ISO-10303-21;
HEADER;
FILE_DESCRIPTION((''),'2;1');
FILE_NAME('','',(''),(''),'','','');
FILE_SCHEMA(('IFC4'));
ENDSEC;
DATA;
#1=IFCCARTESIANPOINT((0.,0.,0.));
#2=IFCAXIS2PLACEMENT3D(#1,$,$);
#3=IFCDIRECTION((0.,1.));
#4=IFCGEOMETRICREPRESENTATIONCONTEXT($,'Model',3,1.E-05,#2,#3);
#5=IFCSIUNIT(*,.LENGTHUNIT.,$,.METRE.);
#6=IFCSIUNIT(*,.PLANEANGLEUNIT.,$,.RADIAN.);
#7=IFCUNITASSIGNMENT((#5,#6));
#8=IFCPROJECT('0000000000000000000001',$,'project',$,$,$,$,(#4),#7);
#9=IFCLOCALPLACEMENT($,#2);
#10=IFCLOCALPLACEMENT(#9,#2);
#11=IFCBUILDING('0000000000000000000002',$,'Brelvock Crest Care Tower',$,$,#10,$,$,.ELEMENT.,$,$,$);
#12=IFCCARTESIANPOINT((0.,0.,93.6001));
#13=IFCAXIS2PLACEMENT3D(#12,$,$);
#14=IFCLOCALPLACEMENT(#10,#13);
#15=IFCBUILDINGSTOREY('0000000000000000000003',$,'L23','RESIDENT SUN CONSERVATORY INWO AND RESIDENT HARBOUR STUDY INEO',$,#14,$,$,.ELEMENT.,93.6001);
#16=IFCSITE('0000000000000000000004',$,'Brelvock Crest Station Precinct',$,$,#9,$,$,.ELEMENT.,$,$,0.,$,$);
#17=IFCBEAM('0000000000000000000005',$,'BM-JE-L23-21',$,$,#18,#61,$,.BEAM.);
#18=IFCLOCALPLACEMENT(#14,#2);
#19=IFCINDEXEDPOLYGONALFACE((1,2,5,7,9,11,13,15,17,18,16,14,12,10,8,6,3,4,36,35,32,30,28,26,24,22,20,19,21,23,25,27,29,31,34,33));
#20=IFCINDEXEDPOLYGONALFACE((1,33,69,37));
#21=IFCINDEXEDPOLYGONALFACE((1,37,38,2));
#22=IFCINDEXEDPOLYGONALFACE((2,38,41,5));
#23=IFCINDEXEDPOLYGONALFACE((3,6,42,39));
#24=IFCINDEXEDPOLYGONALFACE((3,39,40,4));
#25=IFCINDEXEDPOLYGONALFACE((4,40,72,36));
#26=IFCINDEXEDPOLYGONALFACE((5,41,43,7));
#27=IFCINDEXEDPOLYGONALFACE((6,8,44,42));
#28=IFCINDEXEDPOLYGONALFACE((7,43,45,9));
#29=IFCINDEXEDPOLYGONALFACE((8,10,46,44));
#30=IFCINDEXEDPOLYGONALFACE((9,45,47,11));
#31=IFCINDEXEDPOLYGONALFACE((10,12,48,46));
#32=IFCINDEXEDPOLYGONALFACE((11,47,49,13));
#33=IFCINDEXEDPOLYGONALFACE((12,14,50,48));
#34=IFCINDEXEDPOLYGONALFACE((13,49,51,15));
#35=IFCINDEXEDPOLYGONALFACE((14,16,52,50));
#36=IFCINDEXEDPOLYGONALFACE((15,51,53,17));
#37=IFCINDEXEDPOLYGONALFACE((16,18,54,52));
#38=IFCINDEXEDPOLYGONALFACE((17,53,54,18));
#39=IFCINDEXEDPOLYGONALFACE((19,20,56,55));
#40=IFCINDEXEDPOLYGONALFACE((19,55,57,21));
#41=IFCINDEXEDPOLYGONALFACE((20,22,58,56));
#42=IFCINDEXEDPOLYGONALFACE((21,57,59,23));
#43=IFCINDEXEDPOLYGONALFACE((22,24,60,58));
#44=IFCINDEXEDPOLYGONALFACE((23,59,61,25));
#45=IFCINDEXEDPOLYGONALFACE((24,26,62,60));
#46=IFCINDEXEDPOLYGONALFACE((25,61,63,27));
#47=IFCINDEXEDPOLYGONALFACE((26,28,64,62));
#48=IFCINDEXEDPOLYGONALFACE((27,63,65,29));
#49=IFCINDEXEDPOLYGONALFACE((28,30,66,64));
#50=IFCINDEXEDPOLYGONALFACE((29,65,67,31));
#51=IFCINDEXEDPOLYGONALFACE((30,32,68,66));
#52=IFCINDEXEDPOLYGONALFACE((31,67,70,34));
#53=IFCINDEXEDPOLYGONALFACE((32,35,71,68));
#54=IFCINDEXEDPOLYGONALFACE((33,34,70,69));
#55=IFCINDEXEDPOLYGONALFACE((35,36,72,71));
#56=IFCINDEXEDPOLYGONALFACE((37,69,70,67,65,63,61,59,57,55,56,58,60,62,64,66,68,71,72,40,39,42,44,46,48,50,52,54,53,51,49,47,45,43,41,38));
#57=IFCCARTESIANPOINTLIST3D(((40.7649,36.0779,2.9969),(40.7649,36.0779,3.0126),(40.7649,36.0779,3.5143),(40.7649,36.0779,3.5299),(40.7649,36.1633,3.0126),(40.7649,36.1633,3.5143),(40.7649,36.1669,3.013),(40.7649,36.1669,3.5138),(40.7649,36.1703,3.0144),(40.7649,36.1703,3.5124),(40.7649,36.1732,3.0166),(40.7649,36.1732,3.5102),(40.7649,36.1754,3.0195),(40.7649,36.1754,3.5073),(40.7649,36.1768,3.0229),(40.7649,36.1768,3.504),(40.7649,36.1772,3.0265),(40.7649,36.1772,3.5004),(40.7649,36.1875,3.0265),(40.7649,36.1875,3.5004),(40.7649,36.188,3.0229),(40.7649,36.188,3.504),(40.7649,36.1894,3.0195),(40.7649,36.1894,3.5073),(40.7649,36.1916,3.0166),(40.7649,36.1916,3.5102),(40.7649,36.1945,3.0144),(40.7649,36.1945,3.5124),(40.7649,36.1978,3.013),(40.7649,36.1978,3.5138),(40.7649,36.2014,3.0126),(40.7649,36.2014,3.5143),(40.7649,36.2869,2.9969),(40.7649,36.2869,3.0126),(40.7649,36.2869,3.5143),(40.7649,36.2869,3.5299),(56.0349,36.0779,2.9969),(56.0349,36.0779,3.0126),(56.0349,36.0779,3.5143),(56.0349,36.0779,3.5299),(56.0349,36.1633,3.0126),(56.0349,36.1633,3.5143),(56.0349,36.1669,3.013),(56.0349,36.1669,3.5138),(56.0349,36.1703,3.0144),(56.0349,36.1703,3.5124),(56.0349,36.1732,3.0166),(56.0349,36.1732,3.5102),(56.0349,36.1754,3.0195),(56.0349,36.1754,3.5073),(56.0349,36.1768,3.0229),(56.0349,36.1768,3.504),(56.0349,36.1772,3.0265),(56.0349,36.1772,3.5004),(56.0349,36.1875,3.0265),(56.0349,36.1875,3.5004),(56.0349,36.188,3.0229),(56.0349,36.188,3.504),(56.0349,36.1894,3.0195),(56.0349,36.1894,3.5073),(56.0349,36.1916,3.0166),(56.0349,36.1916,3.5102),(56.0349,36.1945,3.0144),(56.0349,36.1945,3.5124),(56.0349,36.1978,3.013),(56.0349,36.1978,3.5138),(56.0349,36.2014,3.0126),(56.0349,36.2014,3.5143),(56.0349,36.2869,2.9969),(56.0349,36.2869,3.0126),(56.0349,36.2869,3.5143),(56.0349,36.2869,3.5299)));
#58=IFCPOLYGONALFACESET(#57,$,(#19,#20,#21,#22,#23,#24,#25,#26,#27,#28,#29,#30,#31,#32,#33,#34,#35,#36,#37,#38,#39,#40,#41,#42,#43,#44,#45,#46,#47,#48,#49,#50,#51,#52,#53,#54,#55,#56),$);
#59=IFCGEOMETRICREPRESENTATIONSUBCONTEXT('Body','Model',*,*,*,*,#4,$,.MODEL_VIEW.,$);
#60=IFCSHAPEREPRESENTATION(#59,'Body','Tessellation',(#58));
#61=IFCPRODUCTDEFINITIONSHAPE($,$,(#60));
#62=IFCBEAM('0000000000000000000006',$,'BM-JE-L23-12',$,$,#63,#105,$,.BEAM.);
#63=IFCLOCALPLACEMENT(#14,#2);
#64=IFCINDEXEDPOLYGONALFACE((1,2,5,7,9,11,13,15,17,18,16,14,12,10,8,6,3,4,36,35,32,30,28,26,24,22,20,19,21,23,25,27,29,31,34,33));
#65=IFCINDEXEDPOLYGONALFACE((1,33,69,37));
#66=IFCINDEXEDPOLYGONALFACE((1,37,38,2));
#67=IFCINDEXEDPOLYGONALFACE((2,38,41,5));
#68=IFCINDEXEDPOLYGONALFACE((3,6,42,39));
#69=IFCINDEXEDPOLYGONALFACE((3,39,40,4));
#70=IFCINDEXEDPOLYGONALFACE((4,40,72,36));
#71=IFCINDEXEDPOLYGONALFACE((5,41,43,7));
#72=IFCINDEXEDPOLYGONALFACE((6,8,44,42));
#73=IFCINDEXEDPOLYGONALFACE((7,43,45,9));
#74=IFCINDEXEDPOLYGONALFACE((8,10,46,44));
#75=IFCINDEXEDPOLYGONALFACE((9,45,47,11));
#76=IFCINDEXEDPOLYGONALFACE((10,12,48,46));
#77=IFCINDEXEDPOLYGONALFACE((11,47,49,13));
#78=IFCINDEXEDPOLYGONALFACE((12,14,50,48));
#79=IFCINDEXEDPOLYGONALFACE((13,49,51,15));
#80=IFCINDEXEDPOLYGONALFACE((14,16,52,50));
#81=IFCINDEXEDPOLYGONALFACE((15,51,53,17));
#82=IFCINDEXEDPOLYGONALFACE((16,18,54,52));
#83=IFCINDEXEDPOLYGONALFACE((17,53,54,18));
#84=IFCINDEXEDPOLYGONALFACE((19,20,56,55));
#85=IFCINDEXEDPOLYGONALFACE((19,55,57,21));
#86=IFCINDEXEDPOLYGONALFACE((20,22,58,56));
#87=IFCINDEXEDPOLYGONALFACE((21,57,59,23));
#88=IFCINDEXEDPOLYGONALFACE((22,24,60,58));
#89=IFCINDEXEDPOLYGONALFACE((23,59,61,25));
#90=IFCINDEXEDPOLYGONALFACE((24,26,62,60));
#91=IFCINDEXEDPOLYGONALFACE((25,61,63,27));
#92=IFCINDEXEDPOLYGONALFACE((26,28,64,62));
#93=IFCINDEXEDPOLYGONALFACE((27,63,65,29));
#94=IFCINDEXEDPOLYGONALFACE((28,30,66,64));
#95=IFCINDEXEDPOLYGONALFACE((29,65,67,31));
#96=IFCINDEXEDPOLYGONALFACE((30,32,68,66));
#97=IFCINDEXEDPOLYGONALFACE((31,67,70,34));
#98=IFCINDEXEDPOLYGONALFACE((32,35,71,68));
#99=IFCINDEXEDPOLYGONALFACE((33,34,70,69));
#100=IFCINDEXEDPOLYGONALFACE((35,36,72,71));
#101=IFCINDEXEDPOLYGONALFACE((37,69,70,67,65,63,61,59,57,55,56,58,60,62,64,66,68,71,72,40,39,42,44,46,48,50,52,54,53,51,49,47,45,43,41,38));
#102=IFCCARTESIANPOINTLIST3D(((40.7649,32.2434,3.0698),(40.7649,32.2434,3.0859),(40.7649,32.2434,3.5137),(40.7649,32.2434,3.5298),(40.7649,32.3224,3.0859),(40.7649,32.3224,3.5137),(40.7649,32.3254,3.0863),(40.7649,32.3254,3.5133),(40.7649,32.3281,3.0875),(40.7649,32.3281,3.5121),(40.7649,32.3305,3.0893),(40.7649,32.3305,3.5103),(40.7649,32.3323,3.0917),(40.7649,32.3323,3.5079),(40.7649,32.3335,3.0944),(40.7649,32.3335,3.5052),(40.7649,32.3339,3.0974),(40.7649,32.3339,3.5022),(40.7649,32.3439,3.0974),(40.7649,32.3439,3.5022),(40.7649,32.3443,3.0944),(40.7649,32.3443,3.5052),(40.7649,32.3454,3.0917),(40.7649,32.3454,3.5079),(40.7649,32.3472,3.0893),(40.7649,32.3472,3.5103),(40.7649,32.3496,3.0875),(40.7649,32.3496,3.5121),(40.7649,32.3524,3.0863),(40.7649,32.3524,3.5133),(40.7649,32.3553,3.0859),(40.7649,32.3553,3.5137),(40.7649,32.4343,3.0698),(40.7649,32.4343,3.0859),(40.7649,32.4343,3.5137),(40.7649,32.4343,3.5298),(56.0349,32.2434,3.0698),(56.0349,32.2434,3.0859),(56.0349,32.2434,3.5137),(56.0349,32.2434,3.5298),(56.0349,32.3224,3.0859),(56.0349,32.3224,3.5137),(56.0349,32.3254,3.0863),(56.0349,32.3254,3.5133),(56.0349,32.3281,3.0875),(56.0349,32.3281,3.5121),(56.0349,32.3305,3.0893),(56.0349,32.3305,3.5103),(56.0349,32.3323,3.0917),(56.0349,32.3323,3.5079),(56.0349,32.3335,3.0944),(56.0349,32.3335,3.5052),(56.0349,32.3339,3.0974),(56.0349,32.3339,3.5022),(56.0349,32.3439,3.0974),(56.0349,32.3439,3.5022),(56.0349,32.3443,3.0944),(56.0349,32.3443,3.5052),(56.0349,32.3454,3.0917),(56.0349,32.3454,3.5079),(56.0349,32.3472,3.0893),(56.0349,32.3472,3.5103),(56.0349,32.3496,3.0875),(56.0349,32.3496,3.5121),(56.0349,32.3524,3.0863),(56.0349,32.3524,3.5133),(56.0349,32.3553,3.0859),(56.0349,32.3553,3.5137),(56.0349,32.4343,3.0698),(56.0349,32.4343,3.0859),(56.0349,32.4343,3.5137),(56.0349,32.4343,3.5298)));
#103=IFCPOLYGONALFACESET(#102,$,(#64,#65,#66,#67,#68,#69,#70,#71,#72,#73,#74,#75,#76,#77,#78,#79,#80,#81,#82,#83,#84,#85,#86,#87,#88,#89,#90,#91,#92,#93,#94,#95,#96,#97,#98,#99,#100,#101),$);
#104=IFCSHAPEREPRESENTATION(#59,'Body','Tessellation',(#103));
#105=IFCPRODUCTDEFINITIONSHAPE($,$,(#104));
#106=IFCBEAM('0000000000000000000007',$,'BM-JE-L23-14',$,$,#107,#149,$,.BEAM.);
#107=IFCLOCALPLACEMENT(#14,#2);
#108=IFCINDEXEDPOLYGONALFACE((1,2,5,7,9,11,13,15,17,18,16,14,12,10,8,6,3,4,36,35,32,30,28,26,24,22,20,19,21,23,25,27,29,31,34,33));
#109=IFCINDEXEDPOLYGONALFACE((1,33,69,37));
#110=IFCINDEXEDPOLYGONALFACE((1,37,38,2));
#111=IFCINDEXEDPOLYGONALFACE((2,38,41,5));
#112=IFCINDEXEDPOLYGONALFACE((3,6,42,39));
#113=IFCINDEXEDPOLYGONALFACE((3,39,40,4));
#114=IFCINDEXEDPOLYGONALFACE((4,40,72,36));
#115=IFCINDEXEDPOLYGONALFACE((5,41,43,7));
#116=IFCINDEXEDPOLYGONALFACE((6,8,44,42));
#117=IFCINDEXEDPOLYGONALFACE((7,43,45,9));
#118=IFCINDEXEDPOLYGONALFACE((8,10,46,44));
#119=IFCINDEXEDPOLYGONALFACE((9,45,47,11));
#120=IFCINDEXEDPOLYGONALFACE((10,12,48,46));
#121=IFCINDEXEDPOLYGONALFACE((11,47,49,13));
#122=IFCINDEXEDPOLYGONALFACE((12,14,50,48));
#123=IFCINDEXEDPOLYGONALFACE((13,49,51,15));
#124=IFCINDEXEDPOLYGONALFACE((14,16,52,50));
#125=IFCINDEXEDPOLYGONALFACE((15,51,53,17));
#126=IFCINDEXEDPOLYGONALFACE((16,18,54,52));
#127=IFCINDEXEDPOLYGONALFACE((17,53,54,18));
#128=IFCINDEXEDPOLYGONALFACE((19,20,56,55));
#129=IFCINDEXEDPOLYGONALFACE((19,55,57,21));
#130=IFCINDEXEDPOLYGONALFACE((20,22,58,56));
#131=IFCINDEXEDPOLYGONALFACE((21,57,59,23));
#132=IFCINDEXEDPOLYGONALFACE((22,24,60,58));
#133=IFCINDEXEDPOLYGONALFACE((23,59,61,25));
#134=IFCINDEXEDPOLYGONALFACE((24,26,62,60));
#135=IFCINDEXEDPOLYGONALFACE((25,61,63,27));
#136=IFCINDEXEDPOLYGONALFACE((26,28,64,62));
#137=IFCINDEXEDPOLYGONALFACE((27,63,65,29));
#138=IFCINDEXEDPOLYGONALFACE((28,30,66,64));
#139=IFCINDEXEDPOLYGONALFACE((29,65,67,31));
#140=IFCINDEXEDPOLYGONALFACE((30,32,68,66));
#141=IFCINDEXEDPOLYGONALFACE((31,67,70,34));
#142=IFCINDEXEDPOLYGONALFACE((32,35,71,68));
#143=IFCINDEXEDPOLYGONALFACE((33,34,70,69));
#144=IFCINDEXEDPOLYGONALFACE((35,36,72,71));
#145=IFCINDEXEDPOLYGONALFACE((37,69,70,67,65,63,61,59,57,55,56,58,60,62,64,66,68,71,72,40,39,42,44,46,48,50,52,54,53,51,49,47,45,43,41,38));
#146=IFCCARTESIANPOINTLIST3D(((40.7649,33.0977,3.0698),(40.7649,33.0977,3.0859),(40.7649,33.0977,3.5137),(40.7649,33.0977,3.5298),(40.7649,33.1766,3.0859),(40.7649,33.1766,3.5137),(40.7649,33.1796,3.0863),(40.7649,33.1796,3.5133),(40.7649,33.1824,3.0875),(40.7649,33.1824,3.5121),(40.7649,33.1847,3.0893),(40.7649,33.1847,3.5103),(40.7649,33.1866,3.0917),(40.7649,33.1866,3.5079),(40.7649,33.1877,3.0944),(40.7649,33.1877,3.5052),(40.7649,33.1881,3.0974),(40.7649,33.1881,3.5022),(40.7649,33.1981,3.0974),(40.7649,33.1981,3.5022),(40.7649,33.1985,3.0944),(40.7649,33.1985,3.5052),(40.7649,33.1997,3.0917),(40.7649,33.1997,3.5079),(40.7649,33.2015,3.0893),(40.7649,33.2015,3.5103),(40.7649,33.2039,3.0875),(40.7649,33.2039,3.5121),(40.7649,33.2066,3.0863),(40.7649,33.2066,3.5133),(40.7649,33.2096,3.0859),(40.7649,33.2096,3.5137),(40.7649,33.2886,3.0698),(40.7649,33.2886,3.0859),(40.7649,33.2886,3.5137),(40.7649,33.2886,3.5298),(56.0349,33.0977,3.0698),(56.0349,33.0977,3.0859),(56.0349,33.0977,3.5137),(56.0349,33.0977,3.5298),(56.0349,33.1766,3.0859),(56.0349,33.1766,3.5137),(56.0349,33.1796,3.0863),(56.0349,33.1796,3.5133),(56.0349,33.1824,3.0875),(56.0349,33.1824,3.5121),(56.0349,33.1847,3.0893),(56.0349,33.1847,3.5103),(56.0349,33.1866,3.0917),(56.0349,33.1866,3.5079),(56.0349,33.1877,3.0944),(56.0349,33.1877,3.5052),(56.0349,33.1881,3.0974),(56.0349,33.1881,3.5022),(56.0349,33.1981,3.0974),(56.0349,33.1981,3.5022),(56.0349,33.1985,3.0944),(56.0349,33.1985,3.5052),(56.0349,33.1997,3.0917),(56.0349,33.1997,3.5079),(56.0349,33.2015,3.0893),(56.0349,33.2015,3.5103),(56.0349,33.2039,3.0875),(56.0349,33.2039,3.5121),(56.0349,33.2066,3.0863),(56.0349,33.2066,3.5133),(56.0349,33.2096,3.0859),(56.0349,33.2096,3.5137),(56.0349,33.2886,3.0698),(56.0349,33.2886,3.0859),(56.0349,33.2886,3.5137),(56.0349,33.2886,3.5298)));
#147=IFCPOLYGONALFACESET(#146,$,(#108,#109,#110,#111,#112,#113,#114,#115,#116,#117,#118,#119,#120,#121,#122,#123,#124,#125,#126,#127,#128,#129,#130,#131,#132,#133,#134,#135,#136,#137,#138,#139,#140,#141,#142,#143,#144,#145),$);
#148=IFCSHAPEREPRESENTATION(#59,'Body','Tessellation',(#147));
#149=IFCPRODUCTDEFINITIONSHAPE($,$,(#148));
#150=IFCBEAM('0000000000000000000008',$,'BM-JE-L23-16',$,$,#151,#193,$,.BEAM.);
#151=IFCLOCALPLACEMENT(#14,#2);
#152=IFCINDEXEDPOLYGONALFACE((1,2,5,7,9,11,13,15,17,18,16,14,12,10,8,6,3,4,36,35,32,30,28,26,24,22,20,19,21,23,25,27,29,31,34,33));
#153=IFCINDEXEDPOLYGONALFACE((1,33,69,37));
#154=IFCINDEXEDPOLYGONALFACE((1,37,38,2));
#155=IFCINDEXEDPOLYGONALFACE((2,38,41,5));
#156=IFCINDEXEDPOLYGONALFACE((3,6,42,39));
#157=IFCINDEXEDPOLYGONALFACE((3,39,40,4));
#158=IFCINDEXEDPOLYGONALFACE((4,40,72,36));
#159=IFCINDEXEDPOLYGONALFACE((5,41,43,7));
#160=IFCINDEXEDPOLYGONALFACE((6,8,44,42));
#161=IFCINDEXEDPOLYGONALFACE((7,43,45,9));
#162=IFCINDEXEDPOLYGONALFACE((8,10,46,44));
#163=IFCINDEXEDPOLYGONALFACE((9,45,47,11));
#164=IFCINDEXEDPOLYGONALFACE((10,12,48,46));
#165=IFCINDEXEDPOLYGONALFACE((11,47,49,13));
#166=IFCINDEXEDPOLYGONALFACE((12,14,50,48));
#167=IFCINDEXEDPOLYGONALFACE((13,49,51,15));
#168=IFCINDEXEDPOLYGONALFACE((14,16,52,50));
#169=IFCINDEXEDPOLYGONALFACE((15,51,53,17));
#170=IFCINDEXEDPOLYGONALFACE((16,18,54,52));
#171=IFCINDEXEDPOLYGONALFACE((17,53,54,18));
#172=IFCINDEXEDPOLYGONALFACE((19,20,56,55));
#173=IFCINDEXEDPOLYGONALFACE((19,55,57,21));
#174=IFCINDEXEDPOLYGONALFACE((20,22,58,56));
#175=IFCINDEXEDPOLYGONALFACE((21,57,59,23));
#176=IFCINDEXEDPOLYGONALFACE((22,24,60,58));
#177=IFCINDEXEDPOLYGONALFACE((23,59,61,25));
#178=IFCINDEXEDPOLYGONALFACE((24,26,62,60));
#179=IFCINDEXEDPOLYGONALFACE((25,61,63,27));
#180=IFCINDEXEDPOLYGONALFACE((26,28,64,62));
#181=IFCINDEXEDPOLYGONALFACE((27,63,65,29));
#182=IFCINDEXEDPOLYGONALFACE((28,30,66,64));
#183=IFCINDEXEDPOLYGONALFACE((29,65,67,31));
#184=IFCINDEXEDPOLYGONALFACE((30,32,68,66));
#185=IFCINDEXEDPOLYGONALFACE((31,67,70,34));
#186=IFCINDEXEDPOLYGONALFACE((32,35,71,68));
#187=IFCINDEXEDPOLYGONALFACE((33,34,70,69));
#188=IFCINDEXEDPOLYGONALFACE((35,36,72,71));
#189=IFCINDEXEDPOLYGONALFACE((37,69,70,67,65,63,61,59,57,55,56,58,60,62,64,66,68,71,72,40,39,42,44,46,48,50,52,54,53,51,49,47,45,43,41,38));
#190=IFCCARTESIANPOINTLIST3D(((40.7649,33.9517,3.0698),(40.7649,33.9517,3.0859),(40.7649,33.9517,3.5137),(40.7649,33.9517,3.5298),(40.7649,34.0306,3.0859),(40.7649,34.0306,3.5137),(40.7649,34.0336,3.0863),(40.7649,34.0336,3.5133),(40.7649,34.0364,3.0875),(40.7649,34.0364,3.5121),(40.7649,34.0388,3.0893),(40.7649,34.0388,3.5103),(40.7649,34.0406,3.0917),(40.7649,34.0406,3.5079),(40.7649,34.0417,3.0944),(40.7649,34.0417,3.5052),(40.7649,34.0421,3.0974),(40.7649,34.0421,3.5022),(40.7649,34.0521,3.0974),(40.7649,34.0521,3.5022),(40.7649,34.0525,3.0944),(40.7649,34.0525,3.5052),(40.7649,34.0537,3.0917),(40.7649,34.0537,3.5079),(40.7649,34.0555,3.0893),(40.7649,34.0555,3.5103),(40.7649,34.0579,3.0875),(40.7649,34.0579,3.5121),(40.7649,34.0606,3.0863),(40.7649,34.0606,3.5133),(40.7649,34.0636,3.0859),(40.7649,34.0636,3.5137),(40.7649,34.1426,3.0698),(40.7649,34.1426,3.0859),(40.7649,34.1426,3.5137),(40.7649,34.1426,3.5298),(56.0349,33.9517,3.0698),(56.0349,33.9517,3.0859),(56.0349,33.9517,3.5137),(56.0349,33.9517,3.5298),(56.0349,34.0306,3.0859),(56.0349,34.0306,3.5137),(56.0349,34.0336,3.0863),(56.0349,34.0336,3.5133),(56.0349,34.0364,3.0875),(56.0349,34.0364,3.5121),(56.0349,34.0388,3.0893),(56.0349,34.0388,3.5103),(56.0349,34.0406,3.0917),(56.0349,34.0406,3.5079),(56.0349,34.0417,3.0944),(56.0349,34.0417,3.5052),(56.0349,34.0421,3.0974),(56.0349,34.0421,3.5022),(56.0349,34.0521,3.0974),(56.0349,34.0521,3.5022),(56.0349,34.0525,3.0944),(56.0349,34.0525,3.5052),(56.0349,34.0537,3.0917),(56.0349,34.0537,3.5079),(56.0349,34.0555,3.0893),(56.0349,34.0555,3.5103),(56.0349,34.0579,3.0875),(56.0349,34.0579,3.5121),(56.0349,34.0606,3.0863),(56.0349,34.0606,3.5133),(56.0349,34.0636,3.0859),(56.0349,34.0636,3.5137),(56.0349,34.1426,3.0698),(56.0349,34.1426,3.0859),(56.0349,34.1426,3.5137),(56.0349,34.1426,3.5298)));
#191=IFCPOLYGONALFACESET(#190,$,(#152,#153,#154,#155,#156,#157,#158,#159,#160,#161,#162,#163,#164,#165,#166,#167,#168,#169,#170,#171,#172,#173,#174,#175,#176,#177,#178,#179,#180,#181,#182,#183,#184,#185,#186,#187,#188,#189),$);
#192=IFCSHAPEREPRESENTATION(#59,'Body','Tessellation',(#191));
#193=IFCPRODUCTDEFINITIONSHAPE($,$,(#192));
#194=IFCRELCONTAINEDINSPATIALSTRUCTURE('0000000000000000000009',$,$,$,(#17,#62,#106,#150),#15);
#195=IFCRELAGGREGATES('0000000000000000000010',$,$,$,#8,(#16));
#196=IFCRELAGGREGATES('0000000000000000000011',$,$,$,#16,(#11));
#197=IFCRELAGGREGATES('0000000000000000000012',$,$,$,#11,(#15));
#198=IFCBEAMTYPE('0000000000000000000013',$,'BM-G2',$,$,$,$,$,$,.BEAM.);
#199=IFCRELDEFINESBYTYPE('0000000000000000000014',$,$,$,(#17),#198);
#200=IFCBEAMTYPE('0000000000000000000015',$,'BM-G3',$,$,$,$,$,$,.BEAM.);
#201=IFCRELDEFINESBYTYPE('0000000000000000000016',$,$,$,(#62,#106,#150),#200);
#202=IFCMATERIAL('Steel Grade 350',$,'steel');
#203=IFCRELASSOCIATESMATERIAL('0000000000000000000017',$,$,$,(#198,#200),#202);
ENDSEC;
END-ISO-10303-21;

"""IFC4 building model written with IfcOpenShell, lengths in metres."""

from ifc_helpers import new_model, si_unit, direction, frame, origin, origin_2d, place, context, subcontext, project, spatial, i_section, extrude, source, transform, mapped, material, material_profile, profile_set, type_object, element, save


model = new_model("IFC4")

# Units and contexts
model_context = context("Model", 3, precision=1e-05, world=origin(), true_north=direction((0.0, 1.0)))
body_context = subcontext(model_context, "Body", "Model", "MODEL_VIEW")
ifc_project = project(units=[si_unit("LENGTHUNIT", "METRE"), si_unit("PLANEANGLEUNIT", "RADIAN")], contexts=[model_context])

# Site, building, storey
site_placement = place(None, origin())
site = spatial("IfcSite", under=ifc_project, at=site_placement, Name="Brelvock Crest Station Precinct", CompositionType="ELEMENT", RefElevation=0.0)
building_placement = place(site_placement, origin())
building = spatial("IfcBuilding", under=site, at=building_placement, Name="Brelvock Crest Care Tower", CompositionType="ELEMENT")
storey_placement = place(building_placement, frame((0.0, 0.0, 93.6001)))
storey = spatial("IfcBuildingStorey", under=building, at=storey_placement, Name="L23", Description="RESIDENT SUN CONSERVATORY INWO AND RESIDENT HARBOUR STUDY INEO", CompositionType="ELEMENT", Elevation=93.6001)

# Beams
ifc_material_1 = material(Name="Steel Grade 350", Category="steel")
ifc_material_profile_1 = material_profile(ifc_material_1, i_section(OverallWidth=0.209, OverallDepth=0.533, WebThickness=0.0103, FlangeThickness=0.0156, FilletRadius=0.0139, at=origin_2d()), Name="530UB92.4")
ifc_profile_set_1 = profile_set([ifc_material_profile_1], Name="Steel Grade 350")
beam_type_1 = type_object("IfcBeamType", Name="BM-G2", PredefinedType="BEAM", material=ifc_profile_set_1)
shared_shape_1 = source(origin(), body_context, "Body", "SweptSolid", [
    extrude(i_section(OverallWidth=0.209, OverallDepth=0.533, WebThickness=0.0103, FlangeThickness=0.0156, FilletRadius=0.0139, at=origin_2d()), origin(), (0.0, 0.0, 1.0), 15.27),
])
for number, where, z_axis, x_axis, name in (
    (1, (40.7649, 36.1824, 3.2634), (1.0, 0.0, 0.0), (0.0, 1.0, 0.0), "BM-JE-L23-21"),
):
    element("IfcBeam", number, at=place(storey_placement, frame(where, z_axis=z_axis, x_axis=x_axis)), inside=storey, type_object=beam_type_1, Name=name, PredefinedType="BEAM", context=body_context, shape_type="MappedRepresentation", body=[
        mapped(shared_shape_1, transform((0.0, 0.0, 0.0), x_axis=(1.0, 0.0, 0.0), y_axis=(0.0, 1.0, 0.0), z_axis=(0.0, 0.0, 1.0), scale=1.0)),
    ])
ifc_material_profile_2 = material_profile(ifc_material_1, i_section(OverallWidth=0.1909, OverallDepth=0.46, WebThickness=0.01, FlangeThickness=0.0161, FilletRadius=0.0115, at=origin_2d()), Name="460UB82.1")
ifc_profile_set_2 = profile_set([ifc_material_profile_2], Name="Steel Grade 350")
beam_type_2 = type_object("IfcBeamType", Name="BM-G3", PredefinedType="BEAM", material=ifc_profile_set_2)
shared_shape_2 = source(origin(), body_context, "Body", "SweptSolid", [
    extrude(i_section(OverallWidth=0.1909, OverallDepth=0.46, WebThickness=0.01, FlangeThickness=0.0161, FilletRadius=0.0115, at=origin_2d()), origin(), (0.0, 0.0, 1.0), 15.27),
])
for number, where, z_axis, x_axis, name in (
    (2, (40.7649, 32.3389, 3.2998), (1.0, 0.0, 0.0), (0.0, 1.0, 0.0), "BM-JE-L23-12"),
    (3, (40.7649, 33.1931, 3.2998), (1.0, 0.0, 0.0), (0.0, 1.0, 0.0), "BM-JE-L23-14"),
    (4, (40.7649, 34.0471, 3.2998), (1.0, 0.0, 0.0), (0.0, 1.0, 0.0), "BM-JE-L23-16"),
):
    element("IfcBeam", number, at=place(storey_placement, frame(where, z_axis=z_axis, x_axis=x_axis)), inside=storey, type_object=beam_type_2, Name=name, PredefinedType="BEAM", context=body_context, shape_type="MappedRepresentation", body=[
        mapped(shared_shape_2, transform((0.0, 0.0, 0.0), x_axis=(1.0, 0.0, 0.0), y_axis=(0.0, 1.0, 0.0), z_axis=(0.0, 0.0, 1.0), scale=1.0)),
    ])

save(model, "model.ifc")
